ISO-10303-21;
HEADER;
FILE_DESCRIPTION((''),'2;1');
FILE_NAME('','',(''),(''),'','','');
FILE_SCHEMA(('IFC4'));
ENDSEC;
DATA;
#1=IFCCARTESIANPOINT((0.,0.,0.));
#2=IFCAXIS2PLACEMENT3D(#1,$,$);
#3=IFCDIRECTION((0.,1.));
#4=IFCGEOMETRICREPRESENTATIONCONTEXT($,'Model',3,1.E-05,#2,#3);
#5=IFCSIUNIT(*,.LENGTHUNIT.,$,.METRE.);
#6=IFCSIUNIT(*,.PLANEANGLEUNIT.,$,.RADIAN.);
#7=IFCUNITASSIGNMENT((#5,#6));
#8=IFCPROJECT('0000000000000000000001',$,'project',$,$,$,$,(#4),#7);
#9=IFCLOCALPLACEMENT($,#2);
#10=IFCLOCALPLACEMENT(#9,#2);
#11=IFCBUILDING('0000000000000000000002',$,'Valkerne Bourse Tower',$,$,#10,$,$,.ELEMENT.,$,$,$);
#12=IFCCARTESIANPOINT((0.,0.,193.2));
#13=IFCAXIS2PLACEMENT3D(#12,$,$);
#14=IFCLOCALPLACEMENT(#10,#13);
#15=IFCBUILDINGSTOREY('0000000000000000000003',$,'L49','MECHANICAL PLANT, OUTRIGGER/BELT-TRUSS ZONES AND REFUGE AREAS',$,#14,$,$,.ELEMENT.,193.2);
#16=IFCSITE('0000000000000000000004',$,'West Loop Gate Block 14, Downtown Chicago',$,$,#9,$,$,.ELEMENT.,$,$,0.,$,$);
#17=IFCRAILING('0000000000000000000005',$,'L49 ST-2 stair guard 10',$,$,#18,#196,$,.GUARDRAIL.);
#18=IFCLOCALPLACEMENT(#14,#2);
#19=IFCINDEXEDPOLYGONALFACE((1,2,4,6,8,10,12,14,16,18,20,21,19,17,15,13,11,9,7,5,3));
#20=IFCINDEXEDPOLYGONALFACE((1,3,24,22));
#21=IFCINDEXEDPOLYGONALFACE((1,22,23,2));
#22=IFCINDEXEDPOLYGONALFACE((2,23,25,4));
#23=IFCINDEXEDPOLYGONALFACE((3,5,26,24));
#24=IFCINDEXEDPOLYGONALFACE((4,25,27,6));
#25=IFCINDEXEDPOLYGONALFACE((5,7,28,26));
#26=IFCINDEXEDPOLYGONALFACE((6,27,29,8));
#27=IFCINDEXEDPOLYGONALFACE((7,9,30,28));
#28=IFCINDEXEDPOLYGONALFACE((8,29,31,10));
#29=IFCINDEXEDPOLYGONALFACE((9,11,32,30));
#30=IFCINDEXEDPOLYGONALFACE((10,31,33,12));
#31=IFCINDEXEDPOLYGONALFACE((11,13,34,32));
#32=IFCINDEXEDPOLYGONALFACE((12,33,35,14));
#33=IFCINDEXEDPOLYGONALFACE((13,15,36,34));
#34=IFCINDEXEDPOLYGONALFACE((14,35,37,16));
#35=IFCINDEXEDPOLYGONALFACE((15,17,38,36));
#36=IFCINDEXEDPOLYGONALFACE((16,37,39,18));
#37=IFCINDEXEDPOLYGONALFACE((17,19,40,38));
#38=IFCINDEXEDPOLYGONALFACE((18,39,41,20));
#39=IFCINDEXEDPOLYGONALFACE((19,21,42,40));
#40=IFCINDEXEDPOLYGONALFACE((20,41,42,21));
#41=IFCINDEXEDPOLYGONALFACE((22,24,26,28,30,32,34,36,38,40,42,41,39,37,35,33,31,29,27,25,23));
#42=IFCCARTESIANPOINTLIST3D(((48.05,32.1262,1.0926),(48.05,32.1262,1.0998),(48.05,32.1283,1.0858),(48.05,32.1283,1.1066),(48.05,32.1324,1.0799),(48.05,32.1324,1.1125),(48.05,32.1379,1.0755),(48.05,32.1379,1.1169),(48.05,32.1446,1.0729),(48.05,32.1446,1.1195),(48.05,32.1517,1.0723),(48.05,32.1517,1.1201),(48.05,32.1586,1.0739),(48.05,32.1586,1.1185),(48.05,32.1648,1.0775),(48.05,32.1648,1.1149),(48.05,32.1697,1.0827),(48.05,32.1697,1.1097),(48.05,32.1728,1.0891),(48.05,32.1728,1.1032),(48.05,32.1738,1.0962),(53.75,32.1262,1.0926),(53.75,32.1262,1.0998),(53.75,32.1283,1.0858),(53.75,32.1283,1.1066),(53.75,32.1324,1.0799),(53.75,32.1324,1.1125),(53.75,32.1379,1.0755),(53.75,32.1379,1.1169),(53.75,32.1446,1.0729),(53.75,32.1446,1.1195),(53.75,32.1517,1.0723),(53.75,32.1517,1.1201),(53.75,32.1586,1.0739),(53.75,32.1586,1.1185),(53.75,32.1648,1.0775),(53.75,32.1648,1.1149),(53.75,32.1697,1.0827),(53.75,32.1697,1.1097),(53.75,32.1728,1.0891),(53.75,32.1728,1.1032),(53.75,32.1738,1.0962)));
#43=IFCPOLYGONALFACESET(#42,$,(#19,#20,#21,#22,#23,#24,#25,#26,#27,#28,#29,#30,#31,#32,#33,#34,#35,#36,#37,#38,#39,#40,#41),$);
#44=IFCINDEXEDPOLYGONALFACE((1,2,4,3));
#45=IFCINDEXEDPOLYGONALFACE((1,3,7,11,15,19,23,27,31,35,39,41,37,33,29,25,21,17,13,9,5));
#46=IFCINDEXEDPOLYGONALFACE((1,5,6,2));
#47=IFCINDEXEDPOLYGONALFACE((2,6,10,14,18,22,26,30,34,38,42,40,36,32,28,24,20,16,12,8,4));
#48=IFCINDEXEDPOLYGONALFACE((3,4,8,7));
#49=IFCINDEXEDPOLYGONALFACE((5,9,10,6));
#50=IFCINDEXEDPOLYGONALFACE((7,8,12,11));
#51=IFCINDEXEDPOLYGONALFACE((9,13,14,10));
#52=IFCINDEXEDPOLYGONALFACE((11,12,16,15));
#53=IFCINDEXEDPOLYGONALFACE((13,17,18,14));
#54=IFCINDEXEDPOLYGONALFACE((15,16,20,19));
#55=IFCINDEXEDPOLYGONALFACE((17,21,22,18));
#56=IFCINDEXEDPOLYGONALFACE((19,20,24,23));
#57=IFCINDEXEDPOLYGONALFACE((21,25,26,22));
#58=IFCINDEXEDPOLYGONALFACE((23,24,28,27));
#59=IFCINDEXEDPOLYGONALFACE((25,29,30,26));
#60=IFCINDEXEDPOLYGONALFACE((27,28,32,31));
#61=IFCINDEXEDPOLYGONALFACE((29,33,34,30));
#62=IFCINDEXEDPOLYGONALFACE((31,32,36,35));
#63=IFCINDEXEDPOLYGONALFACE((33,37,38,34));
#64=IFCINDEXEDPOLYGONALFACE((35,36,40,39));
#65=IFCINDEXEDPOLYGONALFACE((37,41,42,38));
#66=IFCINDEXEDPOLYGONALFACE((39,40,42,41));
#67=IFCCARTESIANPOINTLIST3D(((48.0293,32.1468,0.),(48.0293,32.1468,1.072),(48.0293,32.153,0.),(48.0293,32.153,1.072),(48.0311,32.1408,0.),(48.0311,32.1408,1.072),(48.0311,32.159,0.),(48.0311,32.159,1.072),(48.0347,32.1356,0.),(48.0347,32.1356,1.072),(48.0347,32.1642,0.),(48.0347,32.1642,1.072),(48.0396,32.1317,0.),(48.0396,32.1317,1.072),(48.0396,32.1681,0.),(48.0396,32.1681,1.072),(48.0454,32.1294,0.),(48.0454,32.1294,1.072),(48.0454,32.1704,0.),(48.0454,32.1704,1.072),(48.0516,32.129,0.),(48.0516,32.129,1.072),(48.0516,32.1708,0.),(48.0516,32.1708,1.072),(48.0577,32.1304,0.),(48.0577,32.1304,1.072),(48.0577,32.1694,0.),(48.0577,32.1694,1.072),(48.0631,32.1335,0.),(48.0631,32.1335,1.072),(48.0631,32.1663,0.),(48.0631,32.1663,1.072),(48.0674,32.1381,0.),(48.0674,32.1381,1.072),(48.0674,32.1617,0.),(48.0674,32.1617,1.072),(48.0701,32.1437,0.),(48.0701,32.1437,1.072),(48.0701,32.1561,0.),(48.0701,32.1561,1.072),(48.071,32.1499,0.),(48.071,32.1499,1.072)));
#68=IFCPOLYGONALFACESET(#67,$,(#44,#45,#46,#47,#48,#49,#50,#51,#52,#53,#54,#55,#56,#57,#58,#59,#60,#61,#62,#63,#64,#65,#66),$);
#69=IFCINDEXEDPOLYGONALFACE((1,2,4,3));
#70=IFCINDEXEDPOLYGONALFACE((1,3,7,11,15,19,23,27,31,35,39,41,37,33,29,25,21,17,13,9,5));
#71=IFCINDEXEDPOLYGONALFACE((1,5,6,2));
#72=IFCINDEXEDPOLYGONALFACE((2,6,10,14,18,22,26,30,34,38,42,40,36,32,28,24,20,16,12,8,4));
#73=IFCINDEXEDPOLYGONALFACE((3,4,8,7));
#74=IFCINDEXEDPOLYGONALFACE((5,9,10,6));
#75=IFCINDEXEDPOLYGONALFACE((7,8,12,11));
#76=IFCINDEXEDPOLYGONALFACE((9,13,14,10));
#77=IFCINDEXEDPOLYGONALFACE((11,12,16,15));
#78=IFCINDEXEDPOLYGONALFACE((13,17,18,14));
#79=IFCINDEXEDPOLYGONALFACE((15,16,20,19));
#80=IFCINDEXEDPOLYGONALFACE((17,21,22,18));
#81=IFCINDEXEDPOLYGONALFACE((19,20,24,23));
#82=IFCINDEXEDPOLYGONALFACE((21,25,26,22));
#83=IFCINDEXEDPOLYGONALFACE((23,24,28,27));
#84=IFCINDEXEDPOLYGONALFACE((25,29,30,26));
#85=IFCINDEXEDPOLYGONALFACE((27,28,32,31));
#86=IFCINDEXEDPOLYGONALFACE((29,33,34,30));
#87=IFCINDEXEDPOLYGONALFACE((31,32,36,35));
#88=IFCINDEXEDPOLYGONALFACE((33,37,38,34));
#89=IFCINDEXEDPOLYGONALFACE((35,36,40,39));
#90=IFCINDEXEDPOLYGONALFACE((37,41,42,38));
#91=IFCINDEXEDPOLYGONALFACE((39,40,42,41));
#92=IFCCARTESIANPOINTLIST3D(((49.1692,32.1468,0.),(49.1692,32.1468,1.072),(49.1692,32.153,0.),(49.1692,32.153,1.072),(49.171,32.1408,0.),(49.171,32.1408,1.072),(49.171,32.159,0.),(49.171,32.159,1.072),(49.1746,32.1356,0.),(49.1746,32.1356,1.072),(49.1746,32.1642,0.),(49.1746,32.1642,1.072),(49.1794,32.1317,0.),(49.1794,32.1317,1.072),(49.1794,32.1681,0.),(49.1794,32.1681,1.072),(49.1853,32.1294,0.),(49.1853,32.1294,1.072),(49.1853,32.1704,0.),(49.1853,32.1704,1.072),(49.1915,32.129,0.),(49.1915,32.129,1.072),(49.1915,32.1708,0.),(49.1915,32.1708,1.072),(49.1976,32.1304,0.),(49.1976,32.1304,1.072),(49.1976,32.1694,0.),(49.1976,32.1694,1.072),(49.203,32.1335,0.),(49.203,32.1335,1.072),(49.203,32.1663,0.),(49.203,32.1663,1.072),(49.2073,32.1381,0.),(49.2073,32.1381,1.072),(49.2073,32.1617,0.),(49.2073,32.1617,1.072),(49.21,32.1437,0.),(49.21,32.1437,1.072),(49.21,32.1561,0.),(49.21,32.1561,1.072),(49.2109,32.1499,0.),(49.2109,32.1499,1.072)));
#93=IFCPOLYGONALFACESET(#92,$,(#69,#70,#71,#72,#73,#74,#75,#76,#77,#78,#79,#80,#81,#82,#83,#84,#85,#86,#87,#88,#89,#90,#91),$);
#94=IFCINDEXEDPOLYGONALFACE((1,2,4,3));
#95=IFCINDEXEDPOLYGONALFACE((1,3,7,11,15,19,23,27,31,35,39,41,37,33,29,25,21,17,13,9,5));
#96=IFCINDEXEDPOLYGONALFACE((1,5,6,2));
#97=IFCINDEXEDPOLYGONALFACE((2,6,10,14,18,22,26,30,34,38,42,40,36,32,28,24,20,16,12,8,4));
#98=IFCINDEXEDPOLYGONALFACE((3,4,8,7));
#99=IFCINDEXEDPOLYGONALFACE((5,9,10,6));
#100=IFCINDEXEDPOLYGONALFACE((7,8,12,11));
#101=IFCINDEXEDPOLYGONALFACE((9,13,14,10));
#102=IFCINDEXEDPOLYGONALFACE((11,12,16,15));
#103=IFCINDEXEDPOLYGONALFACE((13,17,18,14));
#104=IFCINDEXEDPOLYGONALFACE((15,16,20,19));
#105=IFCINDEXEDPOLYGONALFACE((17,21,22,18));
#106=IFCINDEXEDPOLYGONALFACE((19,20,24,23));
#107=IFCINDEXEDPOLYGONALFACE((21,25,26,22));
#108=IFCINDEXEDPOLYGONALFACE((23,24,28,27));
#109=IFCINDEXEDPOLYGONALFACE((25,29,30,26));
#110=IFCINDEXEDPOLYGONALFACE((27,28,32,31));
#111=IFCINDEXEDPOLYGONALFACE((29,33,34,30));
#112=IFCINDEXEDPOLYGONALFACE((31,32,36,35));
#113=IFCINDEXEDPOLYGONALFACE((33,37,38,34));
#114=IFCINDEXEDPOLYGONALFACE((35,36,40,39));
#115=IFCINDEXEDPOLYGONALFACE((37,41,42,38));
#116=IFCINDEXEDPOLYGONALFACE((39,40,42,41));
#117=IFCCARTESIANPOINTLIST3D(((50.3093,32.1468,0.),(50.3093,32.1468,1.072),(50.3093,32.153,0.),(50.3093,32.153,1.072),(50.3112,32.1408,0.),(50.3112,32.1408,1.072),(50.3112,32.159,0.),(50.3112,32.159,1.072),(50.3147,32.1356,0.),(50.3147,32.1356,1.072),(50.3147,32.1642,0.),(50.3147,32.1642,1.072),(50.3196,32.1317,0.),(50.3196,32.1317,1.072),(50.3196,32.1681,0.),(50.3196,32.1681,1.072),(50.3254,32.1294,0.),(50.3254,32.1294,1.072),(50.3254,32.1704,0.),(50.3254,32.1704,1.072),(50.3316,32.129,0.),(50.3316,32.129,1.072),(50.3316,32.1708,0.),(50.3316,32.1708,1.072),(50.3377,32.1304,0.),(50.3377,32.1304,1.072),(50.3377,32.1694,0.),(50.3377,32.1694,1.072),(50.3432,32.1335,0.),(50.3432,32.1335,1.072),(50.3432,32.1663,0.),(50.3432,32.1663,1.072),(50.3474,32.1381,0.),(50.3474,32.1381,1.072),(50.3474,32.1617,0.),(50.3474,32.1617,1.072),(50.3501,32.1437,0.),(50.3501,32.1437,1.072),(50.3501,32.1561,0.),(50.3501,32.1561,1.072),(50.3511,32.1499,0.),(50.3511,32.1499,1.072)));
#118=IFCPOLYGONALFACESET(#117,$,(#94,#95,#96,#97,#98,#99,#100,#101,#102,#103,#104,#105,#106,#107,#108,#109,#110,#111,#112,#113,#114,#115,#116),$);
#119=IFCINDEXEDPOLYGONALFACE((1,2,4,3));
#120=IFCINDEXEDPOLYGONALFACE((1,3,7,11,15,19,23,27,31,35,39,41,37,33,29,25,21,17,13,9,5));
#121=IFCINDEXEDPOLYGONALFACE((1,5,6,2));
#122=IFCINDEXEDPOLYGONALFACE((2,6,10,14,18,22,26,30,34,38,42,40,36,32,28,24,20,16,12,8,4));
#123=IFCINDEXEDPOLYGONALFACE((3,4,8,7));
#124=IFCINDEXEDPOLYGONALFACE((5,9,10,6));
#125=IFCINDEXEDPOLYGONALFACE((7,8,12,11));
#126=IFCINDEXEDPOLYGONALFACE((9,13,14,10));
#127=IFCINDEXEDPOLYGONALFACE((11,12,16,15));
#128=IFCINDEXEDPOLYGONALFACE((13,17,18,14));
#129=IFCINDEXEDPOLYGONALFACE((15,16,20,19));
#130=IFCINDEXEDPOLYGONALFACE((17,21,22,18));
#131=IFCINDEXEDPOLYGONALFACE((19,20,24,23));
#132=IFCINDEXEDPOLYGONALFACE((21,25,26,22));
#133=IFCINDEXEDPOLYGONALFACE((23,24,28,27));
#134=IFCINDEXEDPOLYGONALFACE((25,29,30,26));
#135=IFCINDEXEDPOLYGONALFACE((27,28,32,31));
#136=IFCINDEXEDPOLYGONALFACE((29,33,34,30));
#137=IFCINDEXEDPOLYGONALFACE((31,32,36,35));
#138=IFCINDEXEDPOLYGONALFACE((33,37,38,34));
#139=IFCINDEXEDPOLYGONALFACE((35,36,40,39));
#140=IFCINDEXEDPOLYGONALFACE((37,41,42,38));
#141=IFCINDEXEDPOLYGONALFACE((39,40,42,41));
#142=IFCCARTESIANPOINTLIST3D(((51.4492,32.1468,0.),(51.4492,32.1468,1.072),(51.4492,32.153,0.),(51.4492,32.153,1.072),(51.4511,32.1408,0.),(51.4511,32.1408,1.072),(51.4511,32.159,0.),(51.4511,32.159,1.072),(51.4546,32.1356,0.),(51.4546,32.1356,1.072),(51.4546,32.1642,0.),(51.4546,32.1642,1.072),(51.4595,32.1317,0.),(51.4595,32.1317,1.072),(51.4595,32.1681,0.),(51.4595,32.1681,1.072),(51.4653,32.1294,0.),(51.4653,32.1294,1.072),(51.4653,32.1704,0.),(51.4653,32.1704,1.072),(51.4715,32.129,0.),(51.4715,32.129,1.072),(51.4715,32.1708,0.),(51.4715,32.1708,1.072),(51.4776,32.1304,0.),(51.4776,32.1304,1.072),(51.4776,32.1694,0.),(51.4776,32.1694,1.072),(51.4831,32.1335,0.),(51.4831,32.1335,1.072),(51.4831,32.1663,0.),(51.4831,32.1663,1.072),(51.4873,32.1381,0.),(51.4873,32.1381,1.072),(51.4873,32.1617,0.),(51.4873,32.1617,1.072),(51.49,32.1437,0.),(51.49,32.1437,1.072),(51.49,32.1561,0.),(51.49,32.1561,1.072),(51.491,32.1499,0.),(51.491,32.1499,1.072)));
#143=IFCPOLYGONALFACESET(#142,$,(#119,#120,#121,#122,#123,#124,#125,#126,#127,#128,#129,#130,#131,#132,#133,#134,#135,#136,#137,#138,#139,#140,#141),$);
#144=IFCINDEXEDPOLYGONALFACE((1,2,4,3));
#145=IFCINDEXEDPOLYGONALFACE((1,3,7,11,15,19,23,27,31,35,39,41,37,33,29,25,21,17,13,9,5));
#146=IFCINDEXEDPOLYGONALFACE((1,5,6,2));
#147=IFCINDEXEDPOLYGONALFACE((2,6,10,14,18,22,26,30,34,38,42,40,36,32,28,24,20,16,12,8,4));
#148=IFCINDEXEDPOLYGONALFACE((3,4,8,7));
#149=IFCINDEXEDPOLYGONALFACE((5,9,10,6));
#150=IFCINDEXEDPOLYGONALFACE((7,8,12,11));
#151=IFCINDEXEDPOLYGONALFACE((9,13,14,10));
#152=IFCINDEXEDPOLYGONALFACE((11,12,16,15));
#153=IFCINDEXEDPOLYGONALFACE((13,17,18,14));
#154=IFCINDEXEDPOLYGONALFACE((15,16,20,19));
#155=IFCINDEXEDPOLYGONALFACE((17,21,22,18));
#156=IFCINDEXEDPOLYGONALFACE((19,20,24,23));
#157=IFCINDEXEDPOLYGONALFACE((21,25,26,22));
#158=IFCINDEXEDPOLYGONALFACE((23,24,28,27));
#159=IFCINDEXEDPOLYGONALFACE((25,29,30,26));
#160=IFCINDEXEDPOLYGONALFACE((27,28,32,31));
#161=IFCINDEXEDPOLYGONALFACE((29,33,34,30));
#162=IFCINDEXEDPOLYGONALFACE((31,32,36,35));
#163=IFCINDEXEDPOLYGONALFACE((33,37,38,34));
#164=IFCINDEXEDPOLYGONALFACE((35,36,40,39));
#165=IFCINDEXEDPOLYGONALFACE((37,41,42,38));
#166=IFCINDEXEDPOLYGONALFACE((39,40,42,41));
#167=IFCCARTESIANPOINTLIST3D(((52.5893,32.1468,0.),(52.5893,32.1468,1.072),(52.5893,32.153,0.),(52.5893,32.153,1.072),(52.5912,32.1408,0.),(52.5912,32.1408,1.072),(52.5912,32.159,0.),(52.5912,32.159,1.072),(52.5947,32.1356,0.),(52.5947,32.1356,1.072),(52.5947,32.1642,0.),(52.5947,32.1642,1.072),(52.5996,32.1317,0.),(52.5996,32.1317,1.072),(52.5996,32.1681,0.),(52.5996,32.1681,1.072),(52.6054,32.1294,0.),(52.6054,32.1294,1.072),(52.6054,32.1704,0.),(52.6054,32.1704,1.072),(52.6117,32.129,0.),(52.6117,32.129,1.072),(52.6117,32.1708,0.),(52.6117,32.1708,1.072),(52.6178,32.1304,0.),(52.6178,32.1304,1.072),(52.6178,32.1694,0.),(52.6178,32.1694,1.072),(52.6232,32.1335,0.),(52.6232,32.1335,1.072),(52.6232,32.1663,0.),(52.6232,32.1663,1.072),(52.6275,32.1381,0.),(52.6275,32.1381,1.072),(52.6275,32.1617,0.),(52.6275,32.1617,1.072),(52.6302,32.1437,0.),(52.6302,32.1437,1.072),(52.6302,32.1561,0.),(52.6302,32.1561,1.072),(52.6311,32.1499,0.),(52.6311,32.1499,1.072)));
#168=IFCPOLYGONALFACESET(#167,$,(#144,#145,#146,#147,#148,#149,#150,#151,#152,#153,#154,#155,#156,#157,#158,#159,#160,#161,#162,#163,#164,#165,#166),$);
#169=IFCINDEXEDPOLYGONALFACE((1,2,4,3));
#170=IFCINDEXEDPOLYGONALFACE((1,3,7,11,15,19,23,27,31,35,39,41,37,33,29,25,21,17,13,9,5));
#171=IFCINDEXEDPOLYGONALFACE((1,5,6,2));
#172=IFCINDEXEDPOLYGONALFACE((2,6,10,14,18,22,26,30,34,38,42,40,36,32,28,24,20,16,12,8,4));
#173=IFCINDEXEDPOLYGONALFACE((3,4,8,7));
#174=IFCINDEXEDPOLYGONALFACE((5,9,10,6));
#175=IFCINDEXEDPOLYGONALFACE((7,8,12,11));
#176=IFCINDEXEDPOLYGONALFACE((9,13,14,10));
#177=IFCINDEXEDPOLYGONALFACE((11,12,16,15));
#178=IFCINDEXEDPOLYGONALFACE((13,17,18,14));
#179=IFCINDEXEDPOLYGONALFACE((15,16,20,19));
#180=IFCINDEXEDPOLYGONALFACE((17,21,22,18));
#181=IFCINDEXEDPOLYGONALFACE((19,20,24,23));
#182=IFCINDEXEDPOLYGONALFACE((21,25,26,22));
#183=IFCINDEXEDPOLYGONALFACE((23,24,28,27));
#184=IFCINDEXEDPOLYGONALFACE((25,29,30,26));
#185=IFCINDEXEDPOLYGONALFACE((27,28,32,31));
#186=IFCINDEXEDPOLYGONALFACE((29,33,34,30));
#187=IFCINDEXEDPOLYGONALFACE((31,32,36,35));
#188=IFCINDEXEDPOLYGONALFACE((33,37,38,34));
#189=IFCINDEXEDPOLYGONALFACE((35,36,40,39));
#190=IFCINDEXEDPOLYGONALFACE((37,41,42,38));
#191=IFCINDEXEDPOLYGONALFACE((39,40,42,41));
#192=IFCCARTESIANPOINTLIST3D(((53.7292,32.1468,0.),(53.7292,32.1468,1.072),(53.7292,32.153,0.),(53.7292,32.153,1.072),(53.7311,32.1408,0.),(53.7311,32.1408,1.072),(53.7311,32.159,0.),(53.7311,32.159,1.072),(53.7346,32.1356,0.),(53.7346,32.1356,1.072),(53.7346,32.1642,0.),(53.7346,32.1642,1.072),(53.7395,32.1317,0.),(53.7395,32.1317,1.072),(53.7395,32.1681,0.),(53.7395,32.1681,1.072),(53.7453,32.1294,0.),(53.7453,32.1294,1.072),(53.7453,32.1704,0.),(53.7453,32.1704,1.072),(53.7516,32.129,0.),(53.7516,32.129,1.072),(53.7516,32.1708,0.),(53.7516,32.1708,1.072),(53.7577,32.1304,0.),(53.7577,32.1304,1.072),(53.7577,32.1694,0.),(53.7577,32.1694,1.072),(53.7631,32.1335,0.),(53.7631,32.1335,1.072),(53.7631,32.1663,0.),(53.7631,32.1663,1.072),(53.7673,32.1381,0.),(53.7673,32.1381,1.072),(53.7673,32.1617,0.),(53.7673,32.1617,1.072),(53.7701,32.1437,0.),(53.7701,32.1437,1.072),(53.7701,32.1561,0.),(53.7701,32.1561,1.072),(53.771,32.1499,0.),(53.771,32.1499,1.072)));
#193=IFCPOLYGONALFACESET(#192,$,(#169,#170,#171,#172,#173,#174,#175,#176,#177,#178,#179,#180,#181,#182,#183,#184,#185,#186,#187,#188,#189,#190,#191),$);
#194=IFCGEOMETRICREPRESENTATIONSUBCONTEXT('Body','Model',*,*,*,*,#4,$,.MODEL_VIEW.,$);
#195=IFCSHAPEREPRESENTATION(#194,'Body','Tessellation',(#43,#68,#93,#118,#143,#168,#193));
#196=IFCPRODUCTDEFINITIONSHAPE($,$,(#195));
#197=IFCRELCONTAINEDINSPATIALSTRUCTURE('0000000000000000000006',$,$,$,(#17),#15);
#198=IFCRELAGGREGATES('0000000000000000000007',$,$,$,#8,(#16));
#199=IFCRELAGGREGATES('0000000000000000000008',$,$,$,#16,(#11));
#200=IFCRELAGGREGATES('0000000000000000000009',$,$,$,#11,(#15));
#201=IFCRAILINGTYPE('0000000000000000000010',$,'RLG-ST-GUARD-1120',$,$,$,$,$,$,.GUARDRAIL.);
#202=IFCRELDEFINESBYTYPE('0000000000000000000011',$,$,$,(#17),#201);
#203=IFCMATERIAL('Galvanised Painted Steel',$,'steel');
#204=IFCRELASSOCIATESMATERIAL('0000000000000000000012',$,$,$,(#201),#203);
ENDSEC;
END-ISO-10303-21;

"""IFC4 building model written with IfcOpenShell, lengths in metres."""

from ifc_helpers import new_model, si_unit, direction, frame, origin, origin_2d, place, context, subcontext, project, spatial, circle, extrude, material, type_object, element, save


model = new_model("IFC4")

# Units and contexts
model_context = context("Model", 3, precision=1e-05, world=origin(), true_north=direction((0.0, 1.0)))
body_context = subcontext(model_context, "Body", "Model", "MODEL_VIEW")
ifc_project = project(units=[si_unit("LENGTHUNIT", "METRE"), si_unit("PLANEANGLEUNIT", "RADIAN")], contexts=[model_context])

# Site, building, storey
site_placement = place(None, origin())
site = spatial("IfcSite", under=ifc_project, at=site_placement, Name="West Loop Gate Block 14, Downtown Chicago", CompositionType="ELEMENT", RefElevation=0.0)
building_placement = place(site_placement, origin())
building = spatial("IfcBuilding", under=site, at=building_placement, Name="Valkerne Bourse Tower", CompositionType="ELEMENT")
storey_placement = place(building_placement, frame((0.0, 0.0, 193.2)))
storey = spatial("IfcBuildingStorey", under=building, at=storey_placement, Name="L49", Description="MECHANICAL PLANT, OUTRIGGER/BELT-TRUSS ZONES AND REFUGE AREAS", CompositionType="ELEMENT", Elevation=193.2)

# Shared definitions
ifc_material_1 = material(Name="Galvanised Painted Steel", Category="steel")

# Railing
railing_type_1 = type_object("IfcRailingType", Name="RLG-ST-GUARD-1120", PredefinedType="GUARDRAIL", material=ifc_material_1)
for number, where, name in (
    (1, (48.05, 32.1499, 0.0), "L49 ST-2 stair guard 10"),
):
    element("IfcRailing", number, at=place(storey_placement, frame(where)), inside=storey, type_object=railing_type_1, Name=name, PredefinedType="GUARDRAIL", context=body_context, shape_type="SweptSolid", body=[
        extrude(circle(Radius=0.0239, at=origin_2d()), frame((0.0, 0.0, 1.0962), z_axis=(1.0, 0.0, 0.0), x_axis=(0.0, 1.0, 0.0)), (0.0, 0.0, 1.0), 5.7),
        extrude(circle(Radius=0.021, at=origin_2d()), origin(), (0.0, 0.0, 1.0), 1.072),
        extrude(circle(Radius=0.021, at=origin_2d()), frame((1.1399, 0.0, 0.0)), (0.0, 0.0, 1.0), 1.072),
        extrude(circle(Radius=0.021, at=origin_2d()), frame((2.28, 0.0, 0.0)), (0.0, 0.0, 1.0), 1.072),
        extrude(circle(Radius=0.021, at=origin_2d()), frame((3.4199, 0.0, 0.0)), (0.0, 0.0, 1.0), 1.072),
        extrude(circle(Radius=0.021, at=origin_2d()), frame((4.5601, 0.0, 0.0)), (0.0, 0.0, 1.0), 1.072),
        extrude(circle(Radius=0.021, at=origin_2d()), frame((5.7, 0.0, 0.0)), (0.0, 0.0, 1.0), 1.072),
    ])

save(model, "model.ifc")
